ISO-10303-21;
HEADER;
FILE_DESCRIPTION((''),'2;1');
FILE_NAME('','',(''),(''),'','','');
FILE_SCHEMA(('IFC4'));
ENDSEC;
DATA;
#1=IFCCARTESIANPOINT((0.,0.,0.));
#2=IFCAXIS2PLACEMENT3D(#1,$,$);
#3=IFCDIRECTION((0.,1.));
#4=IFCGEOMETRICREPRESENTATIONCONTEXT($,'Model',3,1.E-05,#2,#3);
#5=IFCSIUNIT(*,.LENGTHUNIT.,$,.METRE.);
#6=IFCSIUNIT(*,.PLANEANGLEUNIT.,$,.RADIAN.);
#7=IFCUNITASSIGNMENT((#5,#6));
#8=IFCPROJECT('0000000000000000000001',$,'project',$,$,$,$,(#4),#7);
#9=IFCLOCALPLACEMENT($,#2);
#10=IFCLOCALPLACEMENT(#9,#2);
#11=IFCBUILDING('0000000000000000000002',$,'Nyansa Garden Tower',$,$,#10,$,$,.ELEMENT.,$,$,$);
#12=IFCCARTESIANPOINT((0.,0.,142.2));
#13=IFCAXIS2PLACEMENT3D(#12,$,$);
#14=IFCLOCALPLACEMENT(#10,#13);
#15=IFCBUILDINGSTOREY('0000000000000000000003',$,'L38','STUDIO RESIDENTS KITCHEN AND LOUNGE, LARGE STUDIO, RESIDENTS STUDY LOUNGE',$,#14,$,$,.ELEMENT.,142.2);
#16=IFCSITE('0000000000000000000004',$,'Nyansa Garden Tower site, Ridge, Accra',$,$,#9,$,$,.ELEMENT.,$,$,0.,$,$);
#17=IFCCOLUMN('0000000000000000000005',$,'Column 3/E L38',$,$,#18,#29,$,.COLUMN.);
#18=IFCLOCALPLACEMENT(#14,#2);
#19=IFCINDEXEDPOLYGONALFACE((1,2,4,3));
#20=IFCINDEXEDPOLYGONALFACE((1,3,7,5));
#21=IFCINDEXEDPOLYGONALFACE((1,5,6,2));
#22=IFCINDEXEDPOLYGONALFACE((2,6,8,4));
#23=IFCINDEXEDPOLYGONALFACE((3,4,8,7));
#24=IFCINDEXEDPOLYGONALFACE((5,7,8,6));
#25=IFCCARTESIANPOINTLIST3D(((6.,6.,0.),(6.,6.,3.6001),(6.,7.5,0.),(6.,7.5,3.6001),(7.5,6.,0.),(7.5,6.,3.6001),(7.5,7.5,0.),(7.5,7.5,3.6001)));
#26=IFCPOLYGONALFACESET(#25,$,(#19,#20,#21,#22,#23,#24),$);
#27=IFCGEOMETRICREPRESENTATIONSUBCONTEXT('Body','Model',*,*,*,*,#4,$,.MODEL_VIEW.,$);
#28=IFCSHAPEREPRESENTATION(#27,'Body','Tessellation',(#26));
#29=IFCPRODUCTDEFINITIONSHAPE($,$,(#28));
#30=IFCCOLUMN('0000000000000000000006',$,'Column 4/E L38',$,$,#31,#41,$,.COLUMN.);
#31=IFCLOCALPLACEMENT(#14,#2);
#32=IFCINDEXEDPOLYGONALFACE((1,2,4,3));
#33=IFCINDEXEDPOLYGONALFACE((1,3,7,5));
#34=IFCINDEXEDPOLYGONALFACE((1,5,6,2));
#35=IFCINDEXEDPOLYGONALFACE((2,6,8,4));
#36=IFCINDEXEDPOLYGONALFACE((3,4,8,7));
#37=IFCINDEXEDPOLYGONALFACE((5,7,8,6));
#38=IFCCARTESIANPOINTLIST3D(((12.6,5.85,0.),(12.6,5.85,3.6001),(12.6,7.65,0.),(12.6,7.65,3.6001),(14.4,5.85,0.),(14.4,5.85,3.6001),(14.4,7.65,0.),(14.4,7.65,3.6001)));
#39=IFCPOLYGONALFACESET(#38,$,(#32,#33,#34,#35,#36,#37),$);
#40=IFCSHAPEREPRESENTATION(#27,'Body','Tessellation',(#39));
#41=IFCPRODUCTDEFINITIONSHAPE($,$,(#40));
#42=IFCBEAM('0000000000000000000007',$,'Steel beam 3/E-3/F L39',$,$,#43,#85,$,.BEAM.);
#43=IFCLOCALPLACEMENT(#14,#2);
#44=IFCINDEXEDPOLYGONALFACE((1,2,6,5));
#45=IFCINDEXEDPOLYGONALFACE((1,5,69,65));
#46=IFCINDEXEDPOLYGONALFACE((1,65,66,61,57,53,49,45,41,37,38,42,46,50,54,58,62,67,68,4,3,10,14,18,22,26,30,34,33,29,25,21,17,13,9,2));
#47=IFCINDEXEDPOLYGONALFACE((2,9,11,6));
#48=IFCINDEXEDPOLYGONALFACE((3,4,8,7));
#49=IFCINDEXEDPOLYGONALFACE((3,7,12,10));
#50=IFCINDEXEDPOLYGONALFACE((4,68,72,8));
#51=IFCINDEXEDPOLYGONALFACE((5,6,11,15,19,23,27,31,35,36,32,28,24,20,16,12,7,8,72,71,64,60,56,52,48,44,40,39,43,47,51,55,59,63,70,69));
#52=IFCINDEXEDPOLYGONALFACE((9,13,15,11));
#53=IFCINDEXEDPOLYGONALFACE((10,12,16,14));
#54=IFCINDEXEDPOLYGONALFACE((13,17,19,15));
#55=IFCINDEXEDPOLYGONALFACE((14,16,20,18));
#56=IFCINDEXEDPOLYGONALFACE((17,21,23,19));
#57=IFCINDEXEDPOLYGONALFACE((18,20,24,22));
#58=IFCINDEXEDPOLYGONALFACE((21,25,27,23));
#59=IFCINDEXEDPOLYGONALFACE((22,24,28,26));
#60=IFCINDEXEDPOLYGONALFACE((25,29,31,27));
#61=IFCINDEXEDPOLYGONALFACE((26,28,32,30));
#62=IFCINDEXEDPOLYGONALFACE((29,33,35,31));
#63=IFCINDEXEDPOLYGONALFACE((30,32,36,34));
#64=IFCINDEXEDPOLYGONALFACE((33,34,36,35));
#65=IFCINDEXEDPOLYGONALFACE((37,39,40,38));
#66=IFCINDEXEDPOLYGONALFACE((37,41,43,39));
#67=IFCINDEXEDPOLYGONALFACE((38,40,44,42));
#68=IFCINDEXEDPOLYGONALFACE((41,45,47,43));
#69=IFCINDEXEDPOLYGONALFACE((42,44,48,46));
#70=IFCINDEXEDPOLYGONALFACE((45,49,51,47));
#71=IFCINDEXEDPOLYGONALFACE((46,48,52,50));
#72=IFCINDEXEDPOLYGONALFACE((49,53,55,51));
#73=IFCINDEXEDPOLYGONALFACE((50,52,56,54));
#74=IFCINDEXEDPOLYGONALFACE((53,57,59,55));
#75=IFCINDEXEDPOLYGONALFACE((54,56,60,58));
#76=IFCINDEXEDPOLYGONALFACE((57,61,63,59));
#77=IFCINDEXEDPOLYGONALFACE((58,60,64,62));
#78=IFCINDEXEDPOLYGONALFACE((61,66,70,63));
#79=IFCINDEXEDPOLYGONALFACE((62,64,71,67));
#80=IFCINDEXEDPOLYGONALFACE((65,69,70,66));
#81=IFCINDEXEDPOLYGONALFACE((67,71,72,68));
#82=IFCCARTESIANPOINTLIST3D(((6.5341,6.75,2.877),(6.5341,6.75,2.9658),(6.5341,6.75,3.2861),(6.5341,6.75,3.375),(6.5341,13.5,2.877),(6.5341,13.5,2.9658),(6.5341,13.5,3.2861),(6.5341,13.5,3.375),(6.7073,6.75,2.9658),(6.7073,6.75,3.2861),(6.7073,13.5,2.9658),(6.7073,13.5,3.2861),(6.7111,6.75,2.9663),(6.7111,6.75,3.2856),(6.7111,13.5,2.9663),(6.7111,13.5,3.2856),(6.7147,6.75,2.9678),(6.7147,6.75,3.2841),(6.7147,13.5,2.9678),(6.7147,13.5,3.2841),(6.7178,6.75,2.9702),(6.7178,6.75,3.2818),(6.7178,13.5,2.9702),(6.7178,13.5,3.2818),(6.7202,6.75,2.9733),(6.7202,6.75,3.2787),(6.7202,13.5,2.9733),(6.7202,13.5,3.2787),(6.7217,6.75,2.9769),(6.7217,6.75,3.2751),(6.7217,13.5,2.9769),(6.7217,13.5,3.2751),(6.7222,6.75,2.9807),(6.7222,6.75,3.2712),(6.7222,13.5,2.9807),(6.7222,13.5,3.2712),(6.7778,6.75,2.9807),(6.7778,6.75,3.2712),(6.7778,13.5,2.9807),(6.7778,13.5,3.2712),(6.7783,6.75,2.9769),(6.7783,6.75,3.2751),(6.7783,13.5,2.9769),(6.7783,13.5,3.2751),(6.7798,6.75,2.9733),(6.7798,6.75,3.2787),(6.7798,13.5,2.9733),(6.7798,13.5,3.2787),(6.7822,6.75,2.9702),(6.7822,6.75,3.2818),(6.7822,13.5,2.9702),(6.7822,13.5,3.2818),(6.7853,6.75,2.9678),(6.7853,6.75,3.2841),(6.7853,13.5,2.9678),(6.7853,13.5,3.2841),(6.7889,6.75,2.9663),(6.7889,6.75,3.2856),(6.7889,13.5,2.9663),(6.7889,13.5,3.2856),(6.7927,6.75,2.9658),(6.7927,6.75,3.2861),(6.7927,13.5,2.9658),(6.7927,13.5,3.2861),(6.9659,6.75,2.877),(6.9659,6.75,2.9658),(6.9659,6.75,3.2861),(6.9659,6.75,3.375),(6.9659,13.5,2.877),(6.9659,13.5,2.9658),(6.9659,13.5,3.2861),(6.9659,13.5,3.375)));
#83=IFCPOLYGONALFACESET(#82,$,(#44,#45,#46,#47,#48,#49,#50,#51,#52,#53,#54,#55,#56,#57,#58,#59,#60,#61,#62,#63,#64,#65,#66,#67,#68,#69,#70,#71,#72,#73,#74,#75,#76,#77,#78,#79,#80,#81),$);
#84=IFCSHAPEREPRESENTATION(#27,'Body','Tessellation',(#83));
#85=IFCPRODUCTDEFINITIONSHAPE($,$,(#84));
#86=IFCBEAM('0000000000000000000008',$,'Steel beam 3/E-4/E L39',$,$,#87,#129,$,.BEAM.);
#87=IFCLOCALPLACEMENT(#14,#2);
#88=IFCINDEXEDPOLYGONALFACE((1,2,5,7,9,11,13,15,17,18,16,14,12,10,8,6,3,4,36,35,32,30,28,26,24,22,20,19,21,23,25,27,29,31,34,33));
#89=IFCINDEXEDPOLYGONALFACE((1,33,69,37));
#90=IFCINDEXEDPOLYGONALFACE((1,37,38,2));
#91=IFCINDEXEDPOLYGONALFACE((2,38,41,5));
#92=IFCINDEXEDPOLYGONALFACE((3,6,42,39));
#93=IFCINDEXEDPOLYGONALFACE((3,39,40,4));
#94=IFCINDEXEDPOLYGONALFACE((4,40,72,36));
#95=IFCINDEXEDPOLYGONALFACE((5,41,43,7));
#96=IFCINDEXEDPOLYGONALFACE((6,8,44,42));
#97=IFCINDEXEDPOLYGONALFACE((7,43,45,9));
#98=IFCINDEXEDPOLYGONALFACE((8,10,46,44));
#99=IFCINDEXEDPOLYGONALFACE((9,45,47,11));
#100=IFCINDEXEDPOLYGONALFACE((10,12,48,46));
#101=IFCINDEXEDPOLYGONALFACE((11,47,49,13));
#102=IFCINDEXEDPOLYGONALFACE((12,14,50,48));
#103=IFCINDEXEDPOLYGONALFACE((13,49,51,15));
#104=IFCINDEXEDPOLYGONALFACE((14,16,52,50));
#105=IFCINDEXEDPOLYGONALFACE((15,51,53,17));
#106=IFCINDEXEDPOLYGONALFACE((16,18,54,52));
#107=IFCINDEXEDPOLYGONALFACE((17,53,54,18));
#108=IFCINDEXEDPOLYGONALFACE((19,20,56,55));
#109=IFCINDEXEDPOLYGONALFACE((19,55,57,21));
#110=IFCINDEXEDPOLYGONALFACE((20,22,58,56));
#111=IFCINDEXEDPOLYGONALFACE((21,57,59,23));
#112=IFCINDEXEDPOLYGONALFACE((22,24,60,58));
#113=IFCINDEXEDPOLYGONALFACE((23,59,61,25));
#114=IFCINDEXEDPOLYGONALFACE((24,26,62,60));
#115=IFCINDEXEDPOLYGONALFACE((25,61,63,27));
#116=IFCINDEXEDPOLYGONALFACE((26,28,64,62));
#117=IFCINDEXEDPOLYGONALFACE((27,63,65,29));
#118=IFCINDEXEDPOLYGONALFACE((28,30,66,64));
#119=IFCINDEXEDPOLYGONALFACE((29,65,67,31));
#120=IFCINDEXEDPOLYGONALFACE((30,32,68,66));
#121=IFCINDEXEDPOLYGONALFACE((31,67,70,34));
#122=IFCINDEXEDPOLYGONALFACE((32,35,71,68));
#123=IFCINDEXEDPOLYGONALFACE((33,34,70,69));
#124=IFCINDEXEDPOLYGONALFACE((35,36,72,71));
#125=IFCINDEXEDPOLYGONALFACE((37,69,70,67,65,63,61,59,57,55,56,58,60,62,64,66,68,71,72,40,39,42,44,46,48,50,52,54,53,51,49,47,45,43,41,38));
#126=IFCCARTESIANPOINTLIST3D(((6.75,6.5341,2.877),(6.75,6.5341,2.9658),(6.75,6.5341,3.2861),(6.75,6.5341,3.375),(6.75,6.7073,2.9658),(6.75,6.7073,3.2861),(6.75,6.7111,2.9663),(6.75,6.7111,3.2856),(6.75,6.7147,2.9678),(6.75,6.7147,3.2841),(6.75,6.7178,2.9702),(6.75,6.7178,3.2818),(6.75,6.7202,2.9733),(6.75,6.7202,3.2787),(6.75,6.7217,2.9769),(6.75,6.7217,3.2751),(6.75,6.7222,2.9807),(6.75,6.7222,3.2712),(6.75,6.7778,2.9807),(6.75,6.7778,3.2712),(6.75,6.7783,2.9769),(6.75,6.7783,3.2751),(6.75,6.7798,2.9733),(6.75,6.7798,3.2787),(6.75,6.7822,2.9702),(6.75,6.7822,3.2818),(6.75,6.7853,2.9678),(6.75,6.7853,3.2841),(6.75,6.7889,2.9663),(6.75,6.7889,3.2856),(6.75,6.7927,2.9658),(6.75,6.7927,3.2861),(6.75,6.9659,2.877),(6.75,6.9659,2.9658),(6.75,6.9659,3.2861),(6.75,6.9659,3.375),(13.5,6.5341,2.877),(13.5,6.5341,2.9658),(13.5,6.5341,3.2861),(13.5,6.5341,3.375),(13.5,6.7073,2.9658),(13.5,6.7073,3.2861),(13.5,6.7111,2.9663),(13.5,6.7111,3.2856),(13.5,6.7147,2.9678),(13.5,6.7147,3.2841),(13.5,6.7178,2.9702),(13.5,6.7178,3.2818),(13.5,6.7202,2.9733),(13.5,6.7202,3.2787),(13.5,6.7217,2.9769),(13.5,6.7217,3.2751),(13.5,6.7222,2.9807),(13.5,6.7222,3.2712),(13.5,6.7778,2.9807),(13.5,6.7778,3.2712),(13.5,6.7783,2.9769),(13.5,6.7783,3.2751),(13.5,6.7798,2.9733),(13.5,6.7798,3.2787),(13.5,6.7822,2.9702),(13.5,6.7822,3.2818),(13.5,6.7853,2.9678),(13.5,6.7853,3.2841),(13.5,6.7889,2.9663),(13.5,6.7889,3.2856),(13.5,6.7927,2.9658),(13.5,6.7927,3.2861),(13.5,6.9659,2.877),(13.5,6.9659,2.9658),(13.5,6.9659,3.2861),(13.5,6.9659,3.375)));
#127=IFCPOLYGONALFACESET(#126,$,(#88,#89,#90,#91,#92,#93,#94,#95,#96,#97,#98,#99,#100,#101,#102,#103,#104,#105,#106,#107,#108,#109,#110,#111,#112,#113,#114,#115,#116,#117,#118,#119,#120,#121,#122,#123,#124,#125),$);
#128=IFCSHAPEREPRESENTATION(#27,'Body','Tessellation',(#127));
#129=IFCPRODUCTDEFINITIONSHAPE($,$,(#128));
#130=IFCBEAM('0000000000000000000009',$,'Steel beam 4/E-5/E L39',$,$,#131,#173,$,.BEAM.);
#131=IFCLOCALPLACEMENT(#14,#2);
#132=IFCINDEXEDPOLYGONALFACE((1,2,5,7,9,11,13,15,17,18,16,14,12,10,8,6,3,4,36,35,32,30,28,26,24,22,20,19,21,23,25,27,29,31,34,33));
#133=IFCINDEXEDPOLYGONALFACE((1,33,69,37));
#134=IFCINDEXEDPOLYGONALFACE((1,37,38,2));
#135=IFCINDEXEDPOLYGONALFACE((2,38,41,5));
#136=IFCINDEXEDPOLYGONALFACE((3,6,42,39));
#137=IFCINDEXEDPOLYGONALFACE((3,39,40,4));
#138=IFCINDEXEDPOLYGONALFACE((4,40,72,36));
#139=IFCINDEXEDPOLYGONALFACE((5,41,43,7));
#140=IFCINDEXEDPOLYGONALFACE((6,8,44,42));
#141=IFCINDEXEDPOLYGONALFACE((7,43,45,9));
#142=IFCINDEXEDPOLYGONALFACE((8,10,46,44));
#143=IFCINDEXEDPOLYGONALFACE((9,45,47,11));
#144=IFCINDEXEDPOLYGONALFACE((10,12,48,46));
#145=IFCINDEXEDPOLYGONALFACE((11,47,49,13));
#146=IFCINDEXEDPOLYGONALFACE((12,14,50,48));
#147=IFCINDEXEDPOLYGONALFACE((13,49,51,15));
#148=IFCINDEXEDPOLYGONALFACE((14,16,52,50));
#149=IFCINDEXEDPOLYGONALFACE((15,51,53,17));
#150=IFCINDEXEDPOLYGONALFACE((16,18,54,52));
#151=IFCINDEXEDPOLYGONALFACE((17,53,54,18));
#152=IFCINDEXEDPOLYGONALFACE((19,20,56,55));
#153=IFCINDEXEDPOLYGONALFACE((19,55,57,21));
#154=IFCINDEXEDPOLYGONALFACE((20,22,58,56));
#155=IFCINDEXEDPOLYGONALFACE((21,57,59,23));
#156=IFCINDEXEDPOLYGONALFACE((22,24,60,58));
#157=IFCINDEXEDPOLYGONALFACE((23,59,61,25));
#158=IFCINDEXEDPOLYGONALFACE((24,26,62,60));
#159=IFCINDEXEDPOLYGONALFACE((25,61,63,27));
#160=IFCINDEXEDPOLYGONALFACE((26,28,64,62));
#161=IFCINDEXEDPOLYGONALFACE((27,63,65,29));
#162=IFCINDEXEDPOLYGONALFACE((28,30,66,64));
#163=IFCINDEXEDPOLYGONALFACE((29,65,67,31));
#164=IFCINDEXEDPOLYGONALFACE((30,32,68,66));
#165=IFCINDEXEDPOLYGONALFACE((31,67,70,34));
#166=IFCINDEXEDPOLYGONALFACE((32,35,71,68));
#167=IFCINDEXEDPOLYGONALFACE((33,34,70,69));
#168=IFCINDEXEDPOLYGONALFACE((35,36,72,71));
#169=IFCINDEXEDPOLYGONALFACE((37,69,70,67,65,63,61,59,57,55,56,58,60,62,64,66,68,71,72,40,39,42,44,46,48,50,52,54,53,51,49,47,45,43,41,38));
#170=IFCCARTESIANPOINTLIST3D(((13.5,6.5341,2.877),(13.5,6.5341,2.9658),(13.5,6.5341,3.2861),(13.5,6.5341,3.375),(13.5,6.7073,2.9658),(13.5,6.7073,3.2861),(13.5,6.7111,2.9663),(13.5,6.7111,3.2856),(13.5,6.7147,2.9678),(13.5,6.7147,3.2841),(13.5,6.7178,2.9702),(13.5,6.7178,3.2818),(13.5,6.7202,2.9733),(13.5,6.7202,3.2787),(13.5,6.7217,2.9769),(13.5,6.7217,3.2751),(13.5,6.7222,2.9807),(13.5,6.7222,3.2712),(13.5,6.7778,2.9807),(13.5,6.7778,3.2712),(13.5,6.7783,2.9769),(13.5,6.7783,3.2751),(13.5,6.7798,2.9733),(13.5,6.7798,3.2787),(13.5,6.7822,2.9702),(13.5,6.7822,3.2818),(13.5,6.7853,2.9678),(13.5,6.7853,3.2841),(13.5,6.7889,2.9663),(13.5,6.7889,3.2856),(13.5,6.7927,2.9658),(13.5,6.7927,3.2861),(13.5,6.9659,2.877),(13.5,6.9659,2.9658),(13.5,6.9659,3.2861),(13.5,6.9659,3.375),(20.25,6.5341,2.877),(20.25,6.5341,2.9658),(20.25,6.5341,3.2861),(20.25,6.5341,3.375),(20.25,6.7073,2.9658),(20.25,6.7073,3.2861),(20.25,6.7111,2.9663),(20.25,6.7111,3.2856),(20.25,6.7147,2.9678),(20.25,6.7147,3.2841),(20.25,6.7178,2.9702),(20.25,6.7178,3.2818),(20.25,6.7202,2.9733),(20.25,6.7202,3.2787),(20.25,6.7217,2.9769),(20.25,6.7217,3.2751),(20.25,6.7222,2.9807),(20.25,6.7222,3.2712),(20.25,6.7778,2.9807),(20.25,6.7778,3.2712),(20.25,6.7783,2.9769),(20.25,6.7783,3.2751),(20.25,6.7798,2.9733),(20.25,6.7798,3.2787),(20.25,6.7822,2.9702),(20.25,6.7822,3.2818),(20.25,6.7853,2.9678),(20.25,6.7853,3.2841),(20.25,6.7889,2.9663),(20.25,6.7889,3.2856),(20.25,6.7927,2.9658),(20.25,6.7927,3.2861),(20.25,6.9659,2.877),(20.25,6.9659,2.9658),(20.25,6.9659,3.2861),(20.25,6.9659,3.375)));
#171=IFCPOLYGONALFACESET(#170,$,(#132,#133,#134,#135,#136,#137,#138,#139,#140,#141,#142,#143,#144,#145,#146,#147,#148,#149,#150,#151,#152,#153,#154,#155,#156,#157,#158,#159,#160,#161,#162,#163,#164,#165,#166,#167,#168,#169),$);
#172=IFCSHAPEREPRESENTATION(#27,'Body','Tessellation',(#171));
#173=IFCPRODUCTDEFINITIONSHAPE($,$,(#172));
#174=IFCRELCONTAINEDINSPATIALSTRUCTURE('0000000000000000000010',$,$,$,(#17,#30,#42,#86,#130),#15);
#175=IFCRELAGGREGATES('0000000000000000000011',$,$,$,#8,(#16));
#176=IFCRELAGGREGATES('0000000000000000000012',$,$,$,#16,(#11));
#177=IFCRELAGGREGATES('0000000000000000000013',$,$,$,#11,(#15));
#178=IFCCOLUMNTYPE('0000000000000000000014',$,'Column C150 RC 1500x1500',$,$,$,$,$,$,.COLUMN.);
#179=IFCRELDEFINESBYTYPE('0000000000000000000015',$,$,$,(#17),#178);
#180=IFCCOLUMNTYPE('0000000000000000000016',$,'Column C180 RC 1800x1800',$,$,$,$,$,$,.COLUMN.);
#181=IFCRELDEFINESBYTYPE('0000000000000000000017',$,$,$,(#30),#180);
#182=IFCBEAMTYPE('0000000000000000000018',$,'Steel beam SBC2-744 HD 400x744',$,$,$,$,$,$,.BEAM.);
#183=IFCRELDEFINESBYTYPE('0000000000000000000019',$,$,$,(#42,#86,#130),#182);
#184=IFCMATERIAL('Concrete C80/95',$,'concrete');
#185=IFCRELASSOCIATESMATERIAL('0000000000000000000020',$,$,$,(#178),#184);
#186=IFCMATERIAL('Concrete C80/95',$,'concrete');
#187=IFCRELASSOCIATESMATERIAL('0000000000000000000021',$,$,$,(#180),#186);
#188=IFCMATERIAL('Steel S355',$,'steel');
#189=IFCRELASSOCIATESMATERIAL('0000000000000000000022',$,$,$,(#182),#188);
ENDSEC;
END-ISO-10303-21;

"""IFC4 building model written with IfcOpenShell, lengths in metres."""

from ifc_helpers import new_model, si_unit, direction, frame, origin, origin_2d, place, context, subcontext, project, spatial, rectangle, i_section, extrude, material, material_profile, profile_set, type_object, element, save


model = new_model("IFC4")

# Units and contexts
model_context = context("Model", 3, precision=1e-05, world=origin(), true_north=direction((0.0, 1.0)))
body_context = subcontext(model_context, "Body", "Model", "MODEL_VIEW")
ifc_project = project(units=[si_unit("LENGTHUNIT", "METRE"), si_unit("PLANEANGLEUNIT", "RADIAN")], contexts=[model_context])

# Site, building, storey
site_placement = place(None, origin())
site = spatial("IfcSite", under=ifc_project, at=site_placement, Name="Nyansa Garden Tower site, Ridge, Accra", CompositionType="ELEMENT", RefElevation=0.0)
building_placement = place(site_placement, origin())
building = spatial("IfcBuilding", under=site, at=building_placement, Name="Nyansa Garden Tower", CompositionType="ELEMENT")
storey_placement = place(building_placement, frame((0.0, 0.0, 142.2)))
storey = spatial("IfcBuildingStorey", under=building, at=storey_placement, Name="L38", Description="STUDIO RESIDENTS KITCHEN AND LOUNGE, LARGE STUDIO, RESIDENTS STUDY LOUNGE", CompositionType="ELEMENT", Elevation=142.2)

# Columns
ifc_material_1 = material(Name="Concrete C80/95", Category="concrete")
ifc_material_profile_1 = material_profile(ifc_material_1, rectangle(XDim=1.5, YDim=1.5, at=origin_2d()), Name="RC 1500x1500")
ifc_profile_set_1 = profile_set([ifc_material_profile_1], Name="Concrete C80/95")
column_type_1 = type_object("IfcColumnType", Name="Column C150 RC 1500x1500", PredefinedType="COLUMN", material=ifc_profile_set_1)
column_1_placement = place(storey_placement, frame((6.75, 6.75, 0.0), z_axis=(0.0, 0.0, 1.0), x_axis=(1.0, 0.0, 0.0)))
element("IfcColumn", 1, at=column_1_placement, inside=storey, type_object=column_type_1, Name="Column 3/E L38", PredefinedType="COLUMN", context=body_context, shape_type="SweptSolid", body=[
    extrude(rectangle(XDim=1.5, YDim=1.5, at=origin_2d()), origin(), (0.0, 0.0, 1.0), 3.6001),
])
ifc_material_2 = material(Name="Concrete C80/95", Category="concrete")
ifc_material_profile_2 = material_profile(ifc_material_2, rectangle(XDim=1.8, YDim=1.8, at=origin_2d()), Name="RC 1800x1800")
ifc_profile_set_2 = profile_set([ifc_material_profile_2], Name="Concrete C80/95")
column_type_2 = type_object("IfcColumnType", Name="Column C180 RC 1800x1800", PredefinedType="COLUMN", material=ifc_profile_set_2)
column_2_placement = place(storey_placement, frame((13.5, 6.75, 0.0), z_axis=(0.0, 0.0, 1.0), x_axis=(1.0, 0.0, 0.0)))
element("IfcColumn", 2, at=column_2_placement, inside=storey, type_object=column_type_2, Name="Column 4/E L38", PredefinedType="COLUMN", context=body_context, shape_type="SweptSolid", body=[
    extrude(rectangle(XDim=1.8, YDim=1.8, at=origin_2d()), origin(), (0.0, 0.0, 1.0), 3.6001),
])

# Beams
ifc_material_3 = material(Name="Steel S355", Category="steel")
ifc_material_profile_3 = material_profile(ifc_material_3, i_section(OverallWidth=0.4319, OverallDepth=0.498, WebThickness=0.0557, FlangeThickness=0.0889, FilletRadius=0.0149, at=origin_2d()), Name="HD 400x744")
ifc_profile_set_3 = profile_set([ifc_material_profile_3], Name="Steel S355")
beam_type_1 = type_object("IfcBeamType", Name="Steel beam SBC2-744 HD 400x744", PredefinedType="BEAM", material=ifc_profile_set_3)
for number, where, z_axis, x_axis, name in (
    (3, (6.75, 6.75, 3.126), (0.0, 1.0, 0.0), (-1.0, 0.0, 0.0), "Steel beam 3/E-3/F L39"),
    (4, (6.75, 6.75, 3.126), (1.0, 0.0, 0.0), (0.0, 1.0, 0.0), "Steel beam 3/E-4/E L39"),
    (5, (13.5, 6.75, 3.126), (1.0, 0.0, 0.0), (0.0, 1.0, 0.0), "Steel beam 4/E-5/E L39"),
):
    element("IfcBeam", number, at=place(storey_placement, frame(where, z_axis=z_axis, x_axis=x_axis)), inside=storey, type_object=beam_type_1, Name=name, PredefinedType="BEAM", context=body_context, shape_type="SweptSolid", body=[
        extrude(i_section(OverallWidth=0.4319, OverallDepth=0.498, WebThickness=0.0557, FlangeThickness=0.0889, FilletRadius=0.0149, at=origin_2d()), origin(), (0.0, 0.0, 1.0), 6.75),
    ])

save(model, "model.ifc")
